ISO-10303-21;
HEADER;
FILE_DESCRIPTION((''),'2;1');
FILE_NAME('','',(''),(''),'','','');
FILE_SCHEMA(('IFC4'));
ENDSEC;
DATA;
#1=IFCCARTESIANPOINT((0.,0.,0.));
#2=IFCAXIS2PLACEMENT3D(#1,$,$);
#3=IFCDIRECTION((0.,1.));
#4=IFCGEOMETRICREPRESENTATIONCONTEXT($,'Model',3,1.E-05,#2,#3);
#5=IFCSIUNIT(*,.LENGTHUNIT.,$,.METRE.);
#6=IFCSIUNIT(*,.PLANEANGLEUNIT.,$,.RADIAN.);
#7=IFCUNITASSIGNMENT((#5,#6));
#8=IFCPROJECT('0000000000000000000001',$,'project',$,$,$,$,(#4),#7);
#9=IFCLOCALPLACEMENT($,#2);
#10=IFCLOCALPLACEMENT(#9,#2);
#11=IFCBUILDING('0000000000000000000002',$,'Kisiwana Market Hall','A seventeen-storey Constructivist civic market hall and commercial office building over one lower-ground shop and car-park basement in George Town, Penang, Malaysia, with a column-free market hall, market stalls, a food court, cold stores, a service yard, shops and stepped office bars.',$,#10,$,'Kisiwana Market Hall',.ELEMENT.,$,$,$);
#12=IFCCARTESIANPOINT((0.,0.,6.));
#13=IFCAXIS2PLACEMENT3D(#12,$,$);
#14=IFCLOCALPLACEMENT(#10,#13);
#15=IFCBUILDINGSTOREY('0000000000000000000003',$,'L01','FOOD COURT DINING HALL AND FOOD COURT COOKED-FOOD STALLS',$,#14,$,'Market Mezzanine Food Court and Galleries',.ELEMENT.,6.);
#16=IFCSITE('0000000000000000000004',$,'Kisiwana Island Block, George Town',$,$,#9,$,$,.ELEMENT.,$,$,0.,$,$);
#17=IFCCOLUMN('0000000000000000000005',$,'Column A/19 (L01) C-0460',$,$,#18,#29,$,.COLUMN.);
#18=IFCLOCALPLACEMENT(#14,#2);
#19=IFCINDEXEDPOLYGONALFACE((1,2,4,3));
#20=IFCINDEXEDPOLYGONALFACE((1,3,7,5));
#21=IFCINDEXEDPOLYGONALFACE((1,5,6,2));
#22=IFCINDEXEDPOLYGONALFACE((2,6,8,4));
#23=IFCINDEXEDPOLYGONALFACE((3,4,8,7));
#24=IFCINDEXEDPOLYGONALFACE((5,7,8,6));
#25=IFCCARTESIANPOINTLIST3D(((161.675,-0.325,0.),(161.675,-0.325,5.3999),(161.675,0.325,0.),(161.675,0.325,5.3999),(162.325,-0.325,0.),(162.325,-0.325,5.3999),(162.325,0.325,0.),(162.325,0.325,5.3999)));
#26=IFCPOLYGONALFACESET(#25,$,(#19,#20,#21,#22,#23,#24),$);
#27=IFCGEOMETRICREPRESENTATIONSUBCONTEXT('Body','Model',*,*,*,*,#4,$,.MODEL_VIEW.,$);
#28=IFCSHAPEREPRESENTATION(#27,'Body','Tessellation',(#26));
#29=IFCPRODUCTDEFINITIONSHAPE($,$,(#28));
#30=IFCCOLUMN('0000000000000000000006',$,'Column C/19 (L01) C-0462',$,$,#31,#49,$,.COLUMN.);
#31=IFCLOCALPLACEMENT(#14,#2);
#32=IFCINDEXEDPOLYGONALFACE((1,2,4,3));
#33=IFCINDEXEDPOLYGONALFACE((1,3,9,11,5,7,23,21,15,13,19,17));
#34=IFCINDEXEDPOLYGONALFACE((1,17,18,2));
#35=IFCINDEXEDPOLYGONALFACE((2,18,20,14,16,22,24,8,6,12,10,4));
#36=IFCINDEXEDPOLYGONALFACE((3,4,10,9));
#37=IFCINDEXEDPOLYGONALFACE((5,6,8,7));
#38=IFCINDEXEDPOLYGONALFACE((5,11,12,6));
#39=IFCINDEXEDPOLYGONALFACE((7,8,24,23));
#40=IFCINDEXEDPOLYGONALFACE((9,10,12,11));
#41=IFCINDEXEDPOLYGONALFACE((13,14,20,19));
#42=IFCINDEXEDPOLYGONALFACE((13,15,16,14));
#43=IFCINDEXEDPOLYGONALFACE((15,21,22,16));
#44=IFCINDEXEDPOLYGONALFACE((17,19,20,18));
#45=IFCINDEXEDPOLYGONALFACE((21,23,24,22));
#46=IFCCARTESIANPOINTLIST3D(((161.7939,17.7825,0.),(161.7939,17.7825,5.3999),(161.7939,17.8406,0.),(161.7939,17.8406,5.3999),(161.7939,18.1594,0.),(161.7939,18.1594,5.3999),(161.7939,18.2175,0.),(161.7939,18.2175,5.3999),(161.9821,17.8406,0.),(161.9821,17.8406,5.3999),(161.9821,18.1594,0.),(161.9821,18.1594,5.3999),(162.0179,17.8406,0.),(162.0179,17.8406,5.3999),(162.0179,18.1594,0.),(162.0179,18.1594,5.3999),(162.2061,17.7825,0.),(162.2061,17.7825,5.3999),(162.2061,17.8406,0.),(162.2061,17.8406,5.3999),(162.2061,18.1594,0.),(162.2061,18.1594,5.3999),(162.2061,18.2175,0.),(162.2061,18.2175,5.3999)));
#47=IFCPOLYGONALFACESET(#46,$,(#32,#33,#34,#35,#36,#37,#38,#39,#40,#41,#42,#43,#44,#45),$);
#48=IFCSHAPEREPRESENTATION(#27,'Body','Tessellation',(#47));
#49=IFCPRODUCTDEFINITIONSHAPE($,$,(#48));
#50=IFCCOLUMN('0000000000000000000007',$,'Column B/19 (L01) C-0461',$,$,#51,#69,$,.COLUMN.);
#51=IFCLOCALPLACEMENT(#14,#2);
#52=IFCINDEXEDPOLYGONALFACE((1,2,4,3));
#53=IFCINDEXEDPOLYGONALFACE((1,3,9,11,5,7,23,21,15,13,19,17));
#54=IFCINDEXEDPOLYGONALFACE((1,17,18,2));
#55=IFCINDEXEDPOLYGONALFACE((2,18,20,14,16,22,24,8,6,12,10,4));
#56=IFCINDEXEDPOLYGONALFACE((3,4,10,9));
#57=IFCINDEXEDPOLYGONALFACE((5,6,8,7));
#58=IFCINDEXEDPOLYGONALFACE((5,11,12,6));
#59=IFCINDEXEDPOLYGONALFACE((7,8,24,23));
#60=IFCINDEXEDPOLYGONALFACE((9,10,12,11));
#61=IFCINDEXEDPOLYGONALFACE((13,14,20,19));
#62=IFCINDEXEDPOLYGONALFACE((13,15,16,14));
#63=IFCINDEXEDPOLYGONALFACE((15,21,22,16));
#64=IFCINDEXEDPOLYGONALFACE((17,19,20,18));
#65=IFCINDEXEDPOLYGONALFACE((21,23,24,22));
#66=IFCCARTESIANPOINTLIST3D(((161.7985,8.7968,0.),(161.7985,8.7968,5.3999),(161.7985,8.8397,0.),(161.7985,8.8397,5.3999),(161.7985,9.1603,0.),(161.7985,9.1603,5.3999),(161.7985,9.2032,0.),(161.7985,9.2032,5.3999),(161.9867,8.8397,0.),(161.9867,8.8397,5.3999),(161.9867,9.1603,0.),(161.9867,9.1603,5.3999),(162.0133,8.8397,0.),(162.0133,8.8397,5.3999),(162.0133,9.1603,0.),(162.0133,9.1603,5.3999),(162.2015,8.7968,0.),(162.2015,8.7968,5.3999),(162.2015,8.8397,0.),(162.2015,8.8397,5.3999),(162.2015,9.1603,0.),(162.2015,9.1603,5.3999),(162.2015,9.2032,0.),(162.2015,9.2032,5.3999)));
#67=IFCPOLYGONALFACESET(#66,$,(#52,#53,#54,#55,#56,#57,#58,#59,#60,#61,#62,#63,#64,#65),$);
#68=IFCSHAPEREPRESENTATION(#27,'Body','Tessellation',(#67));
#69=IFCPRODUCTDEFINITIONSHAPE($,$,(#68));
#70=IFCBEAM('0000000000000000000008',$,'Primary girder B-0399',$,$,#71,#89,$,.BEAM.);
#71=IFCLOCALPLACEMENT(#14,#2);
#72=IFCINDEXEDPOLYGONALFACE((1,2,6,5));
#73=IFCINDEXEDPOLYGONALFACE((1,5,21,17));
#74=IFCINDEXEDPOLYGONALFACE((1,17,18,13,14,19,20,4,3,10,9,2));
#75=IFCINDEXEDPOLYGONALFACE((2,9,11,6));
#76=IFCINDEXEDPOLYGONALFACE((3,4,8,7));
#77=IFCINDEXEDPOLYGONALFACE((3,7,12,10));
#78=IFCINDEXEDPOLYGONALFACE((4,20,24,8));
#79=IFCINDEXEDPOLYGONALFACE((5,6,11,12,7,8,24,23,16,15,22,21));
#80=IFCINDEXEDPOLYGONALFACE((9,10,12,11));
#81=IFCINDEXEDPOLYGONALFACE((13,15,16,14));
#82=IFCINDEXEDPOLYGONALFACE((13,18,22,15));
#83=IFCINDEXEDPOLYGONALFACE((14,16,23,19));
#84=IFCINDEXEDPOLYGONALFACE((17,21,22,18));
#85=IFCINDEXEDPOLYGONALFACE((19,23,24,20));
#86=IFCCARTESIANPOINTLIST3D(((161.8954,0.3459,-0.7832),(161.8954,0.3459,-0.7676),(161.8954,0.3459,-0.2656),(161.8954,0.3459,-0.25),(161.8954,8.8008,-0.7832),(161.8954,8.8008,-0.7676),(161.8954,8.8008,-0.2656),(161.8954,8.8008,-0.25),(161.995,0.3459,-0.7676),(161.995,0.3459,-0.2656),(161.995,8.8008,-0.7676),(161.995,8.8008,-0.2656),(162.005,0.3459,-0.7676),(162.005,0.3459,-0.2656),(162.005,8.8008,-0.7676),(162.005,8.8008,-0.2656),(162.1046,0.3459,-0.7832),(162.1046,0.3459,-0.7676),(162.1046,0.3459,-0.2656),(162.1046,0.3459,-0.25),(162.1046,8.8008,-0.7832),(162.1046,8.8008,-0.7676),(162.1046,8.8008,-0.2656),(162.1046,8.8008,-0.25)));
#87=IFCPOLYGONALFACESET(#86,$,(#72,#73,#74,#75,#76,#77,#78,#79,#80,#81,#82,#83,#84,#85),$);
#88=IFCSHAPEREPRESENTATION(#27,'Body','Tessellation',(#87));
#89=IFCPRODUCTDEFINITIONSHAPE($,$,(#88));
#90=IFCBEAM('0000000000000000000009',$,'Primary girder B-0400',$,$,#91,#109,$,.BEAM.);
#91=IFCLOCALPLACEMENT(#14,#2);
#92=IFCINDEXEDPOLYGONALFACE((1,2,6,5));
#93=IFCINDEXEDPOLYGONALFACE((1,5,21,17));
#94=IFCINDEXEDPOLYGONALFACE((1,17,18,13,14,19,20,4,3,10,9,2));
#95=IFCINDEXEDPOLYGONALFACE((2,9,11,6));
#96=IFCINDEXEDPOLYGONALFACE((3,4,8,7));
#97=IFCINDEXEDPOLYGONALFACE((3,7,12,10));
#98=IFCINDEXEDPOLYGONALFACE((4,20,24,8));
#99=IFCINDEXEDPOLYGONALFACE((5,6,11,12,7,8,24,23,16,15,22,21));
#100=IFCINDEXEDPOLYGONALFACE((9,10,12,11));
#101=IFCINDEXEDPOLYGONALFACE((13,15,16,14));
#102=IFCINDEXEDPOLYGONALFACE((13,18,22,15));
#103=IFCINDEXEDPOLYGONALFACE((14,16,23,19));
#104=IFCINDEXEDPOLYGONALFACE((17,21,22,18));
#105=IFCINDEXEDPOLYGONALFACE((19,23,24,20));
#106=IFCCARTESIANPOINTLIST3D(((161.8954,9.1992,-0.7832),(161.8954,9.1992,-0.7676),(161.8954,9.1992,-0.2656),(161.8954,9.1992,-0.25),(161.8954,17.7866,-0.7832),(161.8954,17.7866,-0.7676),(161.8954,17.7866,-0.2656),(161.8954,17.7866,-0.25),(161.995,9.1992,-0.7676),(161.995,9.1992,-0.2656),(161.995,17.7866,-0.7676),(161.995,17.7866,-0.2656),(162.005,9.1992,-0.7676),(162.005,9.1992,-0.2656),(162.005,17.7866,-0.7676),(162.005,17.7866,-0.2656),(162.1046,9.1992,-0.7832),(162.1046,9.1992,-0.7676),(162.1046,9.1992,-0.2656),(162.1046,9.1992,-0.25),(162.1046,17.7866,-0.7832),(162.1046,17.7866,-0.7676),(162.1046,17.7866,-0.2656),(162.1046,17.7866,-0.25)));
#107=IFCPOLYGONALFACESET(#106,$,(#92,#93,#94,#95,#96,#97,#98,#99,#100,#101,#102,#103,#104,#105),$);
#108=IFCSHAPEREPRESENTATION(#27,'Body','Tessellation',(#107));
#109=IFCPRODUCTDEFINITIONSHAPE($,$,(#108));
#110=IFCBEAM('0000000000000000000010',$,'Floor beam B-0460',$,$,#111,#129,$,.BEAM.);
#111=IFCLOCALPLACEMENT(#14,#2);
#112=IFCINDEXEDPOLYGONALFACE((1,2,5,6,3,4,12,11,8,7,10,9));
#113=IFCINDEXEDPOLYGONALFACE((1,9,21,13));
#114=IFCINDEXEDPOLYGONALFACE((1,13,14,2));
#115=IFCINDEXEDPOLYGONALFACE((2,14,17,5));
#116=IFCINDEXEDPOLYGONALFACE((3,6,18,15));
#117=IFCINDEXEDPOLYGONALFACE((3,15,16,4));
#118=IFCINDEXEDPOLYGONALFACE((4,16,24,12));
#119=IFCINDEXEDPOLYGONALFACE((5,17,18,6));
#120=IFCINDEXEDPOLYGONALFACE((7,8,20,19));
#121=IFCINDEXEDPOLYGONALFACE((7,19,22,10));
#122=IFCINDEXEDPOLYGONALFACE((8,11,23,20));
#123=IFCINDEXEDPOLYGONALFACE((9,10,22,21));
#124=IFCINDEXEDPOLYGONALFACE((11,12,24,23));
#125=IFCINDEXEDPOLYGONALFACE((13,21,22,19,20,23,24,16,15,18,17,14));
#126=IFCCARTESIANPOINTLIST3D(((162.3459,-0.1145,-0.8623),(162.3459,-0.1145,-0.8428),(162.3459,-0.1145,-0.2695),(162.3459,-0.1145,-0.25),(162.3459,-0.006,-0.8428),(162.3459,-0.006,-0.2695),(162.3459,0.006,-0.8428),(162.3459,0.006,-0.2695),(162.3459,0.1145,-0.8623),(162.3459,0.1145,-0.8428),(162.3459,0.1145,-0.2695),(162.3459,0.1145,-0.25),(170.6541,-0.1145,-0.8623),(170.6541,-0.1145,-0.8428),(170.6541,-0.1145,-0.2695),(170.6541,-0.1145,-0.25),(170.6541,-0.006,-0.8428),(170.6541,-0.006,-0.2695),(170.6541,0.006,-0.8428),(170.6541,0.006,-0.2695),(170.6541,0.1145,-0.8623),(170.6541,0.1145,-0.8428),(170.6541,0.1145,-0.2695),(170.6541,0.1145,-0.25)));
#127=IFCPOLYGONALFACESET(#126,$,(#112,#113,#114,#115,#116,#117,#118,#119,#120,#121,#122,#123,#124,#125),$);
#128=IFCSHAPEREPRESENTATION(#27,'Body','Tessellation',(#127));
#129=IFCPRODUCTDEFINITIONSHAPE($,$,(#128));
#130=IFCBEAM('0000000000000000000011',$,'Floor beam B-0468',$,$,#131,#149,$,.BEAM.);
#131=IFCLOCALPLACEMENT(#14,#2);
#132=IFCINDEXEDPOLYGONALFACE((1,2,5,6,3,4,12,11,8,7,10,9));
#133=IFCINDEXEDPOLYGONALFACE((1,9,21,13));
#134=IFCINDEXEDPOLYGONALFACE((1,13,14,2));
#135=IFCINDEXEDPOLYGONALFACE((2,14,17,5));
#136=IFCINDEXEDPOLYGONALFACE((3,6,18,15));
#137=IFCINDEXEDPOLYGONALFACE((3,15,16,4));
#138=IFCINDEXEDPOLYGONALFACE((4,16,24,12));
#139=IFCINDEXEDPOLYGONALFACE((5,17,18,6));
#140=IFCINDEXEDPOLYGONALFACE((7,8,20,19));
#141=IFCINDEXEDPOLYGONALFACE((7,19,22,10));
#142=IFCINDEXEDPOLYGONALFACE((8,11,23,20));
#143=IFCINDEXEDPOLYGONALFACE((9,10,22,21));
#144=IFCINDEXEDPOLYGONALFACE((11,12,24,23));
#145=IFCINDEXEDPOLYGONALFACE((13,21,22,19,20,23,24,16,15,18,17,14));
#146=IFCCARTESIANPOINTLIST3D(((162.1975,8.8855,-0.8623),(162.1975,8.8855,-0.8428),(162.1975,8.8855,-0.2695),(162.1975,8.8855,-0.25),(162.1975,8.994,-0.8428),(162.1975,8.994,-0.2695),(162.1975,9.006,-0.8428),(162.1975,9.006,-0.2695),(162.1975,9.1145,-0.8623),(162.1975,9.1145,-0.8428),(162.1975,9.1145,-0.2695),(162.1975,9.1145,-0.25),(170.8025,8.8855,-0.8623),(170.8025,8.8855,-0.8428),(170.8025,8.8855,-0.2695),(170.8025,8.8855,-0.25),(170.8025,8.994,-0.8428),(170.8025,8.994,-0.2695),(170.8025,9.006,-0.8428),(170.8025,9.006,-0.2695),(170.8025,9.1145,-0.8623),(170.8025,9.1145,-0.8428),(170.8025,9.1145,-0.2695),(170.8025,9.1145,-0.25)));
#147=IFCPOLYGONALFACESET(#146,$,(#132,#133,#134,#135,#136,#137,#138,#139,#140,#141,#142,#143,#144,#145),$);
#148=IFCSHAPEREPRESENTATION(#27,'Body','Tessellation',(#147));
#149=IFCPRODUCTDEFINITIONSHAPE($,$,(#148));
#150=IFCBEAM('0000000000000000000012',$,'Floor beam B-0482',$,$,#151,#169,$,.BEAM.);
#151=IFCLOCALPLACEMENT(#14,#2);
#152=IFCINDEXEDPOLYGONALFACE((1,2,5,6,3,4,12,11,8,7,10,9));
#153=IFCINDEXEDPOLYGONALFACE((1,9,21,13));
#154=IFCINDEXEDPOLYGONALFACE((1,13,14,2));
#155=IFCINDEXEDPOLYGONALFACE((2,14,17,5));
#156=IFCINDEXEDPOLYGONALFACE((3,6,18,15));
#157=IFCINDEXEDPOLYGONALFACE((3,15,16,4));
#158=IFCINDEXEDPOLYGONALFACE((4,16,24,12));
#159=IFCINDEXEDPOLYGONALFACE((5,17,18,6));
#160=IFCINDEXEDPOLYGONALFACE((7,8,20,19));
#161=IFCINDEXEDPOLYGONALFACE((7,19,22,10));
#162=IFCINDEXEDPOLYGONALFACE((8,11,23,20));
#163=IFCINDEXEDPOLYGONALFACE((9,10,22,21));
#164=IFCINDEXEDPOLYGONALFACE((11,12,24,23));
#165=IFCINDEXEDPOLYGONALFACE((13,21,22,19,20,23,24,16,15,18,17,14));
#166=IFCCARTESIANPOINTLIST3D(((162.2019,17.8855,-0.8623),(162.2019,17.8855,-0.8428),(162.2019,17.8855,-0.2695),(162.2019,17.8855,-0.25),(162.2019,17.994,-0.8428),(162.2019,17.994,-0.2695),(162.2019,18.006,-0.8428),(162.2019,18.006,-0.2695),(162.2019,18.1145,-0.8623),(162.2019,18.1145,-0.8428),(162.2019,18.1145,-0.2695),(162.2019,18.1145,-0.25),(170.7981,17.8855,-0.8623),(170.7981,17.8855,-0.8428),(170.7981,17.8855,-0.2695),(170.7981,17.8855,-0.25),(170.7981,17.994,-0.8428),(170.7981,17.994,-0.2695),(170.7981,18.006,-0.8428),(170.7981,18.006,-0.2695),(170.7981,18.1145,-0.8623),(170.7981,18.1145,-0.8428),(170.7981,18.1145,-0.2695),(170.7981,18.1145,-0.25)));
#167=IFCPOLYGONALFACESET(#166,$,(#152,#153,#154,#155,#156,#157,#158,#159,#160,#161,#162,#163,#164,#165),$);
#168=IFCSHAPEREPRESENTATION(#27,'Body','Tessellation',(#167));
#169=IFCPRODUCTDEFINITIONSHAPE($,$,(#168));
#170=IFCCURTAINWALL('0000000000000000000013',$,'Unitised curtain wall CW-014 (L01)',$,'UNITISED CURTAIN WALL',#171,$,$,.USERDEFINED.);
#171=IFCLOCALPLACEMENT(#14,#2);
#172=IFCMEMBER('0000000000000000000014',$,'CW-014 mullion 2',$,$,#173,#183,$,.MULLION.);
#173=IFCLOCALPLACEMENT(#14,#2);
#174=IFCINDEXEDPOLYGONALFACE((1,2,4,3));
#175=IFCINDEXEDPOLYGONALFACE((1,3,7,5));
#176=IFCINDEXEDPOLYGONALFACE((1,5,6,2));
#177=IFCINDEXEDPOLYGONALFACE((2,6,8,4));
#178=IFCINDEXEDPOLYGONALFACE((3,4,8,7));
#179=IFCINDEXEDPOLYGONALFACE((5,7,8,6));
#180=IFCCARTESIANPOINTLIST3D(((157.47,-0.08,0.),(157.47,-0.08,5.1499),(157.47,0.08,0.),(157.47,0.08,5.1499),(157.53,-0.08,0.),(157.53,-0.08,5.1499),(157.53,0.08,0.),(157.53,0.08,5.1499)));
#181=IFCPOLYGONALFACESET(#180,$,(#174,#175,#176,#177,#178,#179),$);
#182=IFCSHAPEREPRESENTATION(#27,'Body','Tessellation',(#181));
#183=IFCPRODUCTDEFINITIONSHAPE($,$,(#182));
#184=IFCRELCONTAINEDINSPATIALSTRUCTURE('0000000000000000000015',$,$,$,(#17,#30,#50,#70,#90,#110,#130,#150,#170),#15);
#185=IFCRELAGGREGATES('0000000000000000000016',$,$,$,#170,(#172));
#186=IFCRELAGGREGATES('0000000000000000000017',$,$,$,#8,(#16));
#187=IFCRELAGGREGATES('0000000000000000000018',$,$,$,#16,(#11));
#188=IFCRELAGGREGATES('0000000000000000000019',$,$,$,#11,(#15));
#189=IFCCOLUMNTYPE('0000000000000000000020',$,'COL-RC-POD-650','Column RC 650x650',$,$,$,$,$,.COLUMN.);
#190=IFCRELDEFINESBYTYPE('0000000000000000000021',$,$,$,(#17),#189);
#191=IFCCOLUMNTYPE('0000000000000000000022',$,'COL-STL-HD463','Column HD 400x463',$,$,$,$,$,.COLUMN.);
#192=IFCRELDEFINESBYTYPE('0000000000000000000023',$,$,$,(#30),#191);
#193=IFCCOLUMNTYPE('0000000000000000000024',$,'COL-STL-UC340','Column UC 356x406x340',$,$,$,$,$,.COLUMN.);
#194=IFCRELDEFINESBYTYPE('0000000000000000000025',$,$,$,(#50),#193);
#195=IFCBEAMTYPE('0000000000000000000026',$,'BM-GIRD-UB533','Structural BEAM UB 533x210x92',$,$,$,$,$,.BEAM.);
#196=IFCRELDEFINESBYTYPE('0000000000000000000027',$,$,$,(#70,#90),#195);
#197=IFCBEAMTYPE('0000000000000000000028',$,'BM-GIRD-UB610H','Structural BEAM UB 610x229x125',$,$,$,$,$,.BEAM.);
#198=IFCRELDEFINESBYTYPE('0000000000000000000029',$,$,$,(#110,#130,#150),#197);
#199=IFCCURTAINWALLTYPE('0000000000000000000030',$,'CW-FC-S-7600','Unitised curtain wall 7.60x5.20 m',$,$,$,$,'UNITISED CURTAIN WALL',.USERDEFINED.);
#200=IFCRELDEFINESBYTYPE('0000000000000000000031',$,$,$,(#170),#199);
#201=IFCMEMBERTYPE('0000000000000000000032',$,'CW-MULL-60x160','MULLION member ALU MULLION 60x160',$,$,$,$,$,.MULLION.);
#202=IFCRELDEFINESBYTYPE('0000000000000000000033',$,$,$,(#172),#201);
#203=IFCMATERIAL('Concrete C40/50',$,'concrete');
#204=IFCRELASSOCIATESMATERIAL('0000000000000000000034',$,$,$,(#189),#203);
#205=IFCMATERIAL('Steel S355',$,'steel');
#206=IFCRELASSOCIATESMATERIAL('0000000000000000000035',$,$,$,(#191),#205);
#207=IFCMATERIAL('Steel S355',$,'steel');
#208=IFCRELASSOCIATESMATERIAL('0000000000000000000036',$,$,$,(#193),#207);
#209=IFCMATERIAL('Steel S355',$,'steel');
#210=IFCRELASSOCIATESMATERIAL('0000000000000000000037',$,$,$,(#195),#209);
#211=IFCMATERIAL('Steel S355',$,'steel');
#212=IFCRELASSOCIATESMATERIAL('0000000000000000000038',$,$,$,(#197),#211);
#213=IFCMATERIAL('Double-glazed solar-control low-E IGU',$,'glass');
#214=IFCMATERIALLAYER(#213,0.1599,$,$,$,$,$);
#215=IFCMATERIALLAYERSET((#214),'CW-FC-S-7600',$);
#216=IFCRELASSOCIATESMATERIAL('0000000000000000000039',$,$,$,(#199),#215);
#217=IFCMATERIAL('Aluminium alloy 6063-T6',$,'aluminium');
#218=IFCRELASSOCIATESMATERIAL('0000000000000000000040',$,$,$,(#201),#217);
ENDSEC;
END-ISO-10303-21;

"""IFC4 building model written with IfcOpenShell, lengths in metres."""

from ifc_helpers import new_model, si_unit, direction, frame, origin, origin_2d, place, context, subcontext, project, spatial, rectangle, i_section, extrude, material, layer, layer_set, material_profile, profile_set, type_object, element, aggregate, save


model = new_model("IFC4")

# Units and contexts
model_context = context("Model", 3, precision=1e-05, world=origin(), true_north=direction((0.0, 1.0)))
body_context = subcontext(model_context, "Body", "Model", "MODEL_VIEW")
ifc_project = project(units=[si_unit("LENGTHUNIT", "METRE"), si_unit("PLANEANGLEUNIT", "RADIAN")], contexts=[model_context])

# Site, building, storey
site_placement = place(None, origin())
site = spatial("IfcSite", under=ifc_project, at=site_placement, Name="Kisiwana Island Block, George Town", CompositionType="ELEMENT", RefElevation=0.0)
building_placement = place(site_placement, origin())
building = spatial("IfcBuilding", under=site, at=building_placement, Name="Kisiwana Market Hall", Description="A seventeen-storey Constructivist civic market hall and commercial office building over one lower-ground shop and car-park basement in George Town, Penang, Malaysia, with a column-free market hall, market stalls, a food court, cold stores, a service yard, shops and stepped office bars.", LongName="Kisiwana Market Hall", CompositionType="ELEMENT")
storey_placement = place(building_placement, frame((0.0, 0.0, 6.0)))
storey = spatial("IfcBuildingStorey", under=building, at=storey_placement, Name="L01", Description="FOOD COURT DINING HALL AND FOOD COURT COOKED-FOOD STALLS", LongName="Market Mezzanine Food Court and Galleries", CompositionType="ELEMENT", Elevation=6.0)

# Columns
ifc_material_1 = material(Name="Concrete C40/50", Category="concrete")
ifc_material_profile_1 = material_profile(ifc_material_1, rectangle(XDim=0.6499, YDim=0.6499, at=origin_2d()), Name="RC 650x650")
ifc_profile_set_1 = profile_set([ifc_material_profile_1], Name="Concrete C40/50")
column_type_1 = type_object("IfcColumnType", Name="COL-RC-POD-650", Description="Column RC 650x650", PredefinedType="COLUMN", material=ifc_profile_set_1)
column_1_placement = place(storey_placement, frame((162.0, 0.0, 0.0), z_axis=(0.0, 0.0, 1.0), x_axis=(1.0, 0.0, 0.0)))
element("IfcColumn", 1, at=column_1_placement, inside=storey, type_object=column_type_1, Name="Column A/19 (L01) C-0460", PredefinedType="COLUMN", context=body_context, shape_type="SweptSolid", body=[
    extrude(rectangle(XDim=0.6499, YDim=0.6499, at=origin_2d()), origin(), (0.0, 0.0, 1.0), 5.3999),
])
ifc_material_2 = material(Name="Steel S355", Category="steel")
ifc_material_profile_2 = material_profile(ifc_material_2, i_section(OverallWidth=0.4121, OverallDepth=0.4351, WebThickness=0.0359, FlangeThickness=0.0581, at=origin_2d()), Name="HD 400x463")
ifc_profile_set_2 = profile_set([ifc_material_profile_2], Name="Steel S355")
column_type_2 = type_object("IfcColumnType", Name="COL-STL-HD463", Description="Column HD 400x463", PredefinedType="COLUMN", material=ifc_profile_set_2)
column_2_placement = place(storey_placement, frame((162.0, 18.0, 0.0), z_axis=(0.0, 0.0, 1.0), x_axis=(1.0, 0.0, 0.0)))
element("IfcColumn", 2, at=column_2_placement, inside=storey, type_object=column_type_2, Name="Column C/19 (L01) C-0462", PredefinedType="COLUMN", context=body_context, shape_type="SweptSolid", body=[
    extrude(i_section(OverallWidth=0.4121, OverallDepth=0.4351, WebThickness=0.0359, FlangeThickness=0.0581, at=origin_2d()), origin(), (0.0, 0.0, 1.0), 5.3999),
])
ifc_material_3 = material(Name="Steel S355", Category="steel")
ifc_material_profile_3 = material_profile(ifc_material_3, i_section(OverallWidth=0.4031, OverallDepth=0.4065, WebThickness=0.0266, FlangeThickness=0.043, at=origin_2d()), Name="UC 356x406x340")
ifc_profile_set_3 = profile_set([ifc_material_profile_3], Name="Steel S355")
column_type_3 = type_object("IfcColumnType", Name="COL-STL-UC340", Description="Column UC 356x406x340", PredefinedType="COLUMN", material=ifc_profile_set_3)
column_3_placement = place(storey_placement, frame((162.0, 9.0, 0.0), z_axis=(0.0, 0.0, 1.0), x_axis=(1.0, 0.0, 0.0)))
element("IfcColumn", 3, at=column_3_placement, inside=storey, type_object=column_type_3, Name="Column B/19 (L01) C-0461", PredefinedType="COLUMN", context=body_context, shape_type="SweptSolid", body=[
    extrude(i_section(OverallWidth=0.4031, OverallDepth=0.4065, WebThickness=0.0266, FlangeThickness=0.043, at=origin_2d()), origin(), (0.0, 0.0, 1.0), 5.3999),
])

# Beams
ifc_material_4 = material(Name="Steel S355", Category="steel")
ifc_material_profile_4 = material_profile(ifc_material_4, i_section(OverallWidth=0.2092, OverallDepth=0.5332, WebThickness=0.01, FlangeThickness=0.0156, at=origin_2d()), Name="UB 533x210x92")
ifc_profile_set_4 = profile_set([ifc_material_profile_4], Name="Steel S355")
beam_type_1 = type_object("IfcBeamType", Name="BM-GIRD-UB533", Description="Structural BEAM UB 533x210x92", PredefinedType="BEAM", material=ifc_profile_set_4)
beam_1_placement = place(storey_placement, frame((162.0, 0.3459, -0.5166), z_axis=(0.0, 1.0, 0.0), x_axis=(-1.0, 0.0, 0.0)))
element("IfcBeam", 4, at=beam_1_placement, inside=storey, type_object=beam_type_1, Name="Primary girder B-0399", PredefinedType="BEAM", context=body_context, shape_type="SweptSolid", body=[
    extrude(i_section(OverallWidth=0.2092, OverallDepth=0.5332, WebThickness=0.01, FlangeThickness=0.0156, at=origin_2d()), origin(), (0.0, 0.0, 1.0), 8.4548),
])
beam_2_placement = place(storey_placement, frame((162.0, 9.1992, -0.5166), z_axis=(0.0, 1.0, 0.0), x_axis=(-1.0, 0.0, 0.0)))
element("IfcBeam", 5, at=beam_2_placement, inside=storey, type_object=beam_type_1, Name="Primary girder B-0400", PredefinedType="BEAM", context=body_context, shape_type="SweptSolid", body=[
    extrude(i_section(OverallWidth=0.2092, OverallDepth=0.5332, WebThickness=0.01, FlangeThickness=0.0156, at=origin_2d()), origin(), (0.0, 0.0, 1.0), 8.5874),
])
ifc_material_5 = material(Name="Steel S355", Category="steel")
ifc_material_profile_5 = material_profile(ifc_material_5, i_section(OverallWidth=0.229, OverallDepth=0.6123, WebThickness=0.012, FlangeThickness=0.0195, at=origin_2d()), Name="UB 610x229x125")
ifc_profile_set_5 = profile_set([ifc_material_profile_5], Name="Steel S355")
beam_type_2 = type_object("IfcBeamType", Name="BM-GIRD-UB610H", Description="Structural BEAM UB 610x229x125", PredefinedType="BEAM", material=ifc_profile_set_5)
beam_3_placement = place(storey_placement, frame((162.3459, 0.0, -0.5562), z_axis=(1.0, 0.0, 0.0), x_axis=(0.0, 1.0, 0.0)))
element("IfcBeam", 6, at=beam_3_placement, inside=storey, type_object=beam_type_2, Name="Floor beam B-0460", PredefinedType="BEAM", context=body_context, shape_type="SweptSolid", body=[
    extrude(i_section(OverallWidth=0.229, OverallDepth=0.6123, WebThickness=0.012, FlangeThickness=0.0195, at=origin_2d()), origin(), (0.0, 0.0, 1.0), 8.3081),
])
beam_4_placement = place(storey_placement, frame((162.1975, 9.0, -0.5562), z_axis=(1.0, 0.0, 0.0), x_axis=(0.0, 1.0, 0.0)))
element("IfcBeam", 7, at=beam_4_placement, inside=storey, type_object=beam_type_2, Name="Floor beam B-0468", PredefinedType="BEAM", context=body_context, shape_type="SweptSolid", body=[
    extrude(i_section(OverallWidth=0.229, OverallDepth=0.6123, WebThickness=0.012, FlangeThickness=0.0195, at=origin_2d()), origin(), (0.0, 0.0, 1.0), 8.605),
])
beam_5_placement = place(storey_placement, frame((162.2019, 18.0, -0.5562), z_axis=(1.0, 0.0, 0.0), x_axis=(0.0, 1.0, 0.0)))
element("IfcBeam", 8, at=beam_5_placement, inside=storey, type_object=beam_type_2, Name="Floor beam B-0482", PredefinedType="BEAM", context=body_context, shape_type="SweptSolid", body=[
    extrude(i_section(OverallWidth=0.229, OverallDepth=0.6123, WebThickness=0.012, FlangeThickness=0.0195, at=origin_2d()), origin(), (0.0, 0.0, 1.0), 8.5962),
])

# Curtain wall, member
ifc_material_6 = material(Name="Double-glazed solar-control low-E IGU", Category="glass")
ifc_layer_1 = layer(ifc_material_6, 0.1599)
ifc_layer_set_1 = layer_set([ifc_layer_1], Name="CW-FC-S-7600")
curtain_wall_type = type_object("IfcCurtainWallType", Name="CW-FC-S-7600", Description="Unitised curtain wall 7.60x5.20 m", ElementType="UNITISED CURTAIN WALL", PredefinedType="USERDEFINED", material=ifc_layer_set_1)
curtain_wall_1_placement = place(storey_placement, origin())
curtain_wall_1 = element("IfcCurtainWall", 9, at=curtain_wall_1_placement, inside=storey, type_object=curtain_wall_type, Name="Unitised curtain wall CW-014 (L01)", ObjectType="UNITISED CURTAIN WALL", PredefinedType="USERDEFINED")
ifc_material_7 = material(Name="Aluminium alloy 6063-T6", Category="aluminium")
ifc_material_profile_6 = material_profile(ifc_material_7, rectangle(XDim=0.0601, YDim=0.1599, at=origin_2d()), Name="ALU MULLION 60x160")
ifc_profile_set_6 = profile_set([ifc_material_profile_6], Name="Aluminium alloy 6063-T6")
member_type_1 = type_object("IfcMemberType", Name="CW-MULL-60x160", Description="MULLION member ALU MULLION 60x160", PredefinedType="MULLION", material=ifc_profile_set_6)
member_1_placement = place(storey_placement, frame((157.5, 0.0, 0.0), z_axis=(0.0, 0.0, 1.0), x_axis=(1.0, 0.0, 0.0)))
member_1 = element("IfcMember", 10, at=member_1_placement, type_object=member_type_1, Name="CW-014 mullion 2", PredefinedType="MULLION", context=body_context, shape_type="SweptSolid", body=[
    extrude(rectangle(XDim=0.0601, YDim=0.1599, at=origin_2d()), origin(), (0.0, 0.0, 1.0), 5.1499),
])

aggregate(curtain_wall_1, [member_1])

save(model, "model.ifc")
